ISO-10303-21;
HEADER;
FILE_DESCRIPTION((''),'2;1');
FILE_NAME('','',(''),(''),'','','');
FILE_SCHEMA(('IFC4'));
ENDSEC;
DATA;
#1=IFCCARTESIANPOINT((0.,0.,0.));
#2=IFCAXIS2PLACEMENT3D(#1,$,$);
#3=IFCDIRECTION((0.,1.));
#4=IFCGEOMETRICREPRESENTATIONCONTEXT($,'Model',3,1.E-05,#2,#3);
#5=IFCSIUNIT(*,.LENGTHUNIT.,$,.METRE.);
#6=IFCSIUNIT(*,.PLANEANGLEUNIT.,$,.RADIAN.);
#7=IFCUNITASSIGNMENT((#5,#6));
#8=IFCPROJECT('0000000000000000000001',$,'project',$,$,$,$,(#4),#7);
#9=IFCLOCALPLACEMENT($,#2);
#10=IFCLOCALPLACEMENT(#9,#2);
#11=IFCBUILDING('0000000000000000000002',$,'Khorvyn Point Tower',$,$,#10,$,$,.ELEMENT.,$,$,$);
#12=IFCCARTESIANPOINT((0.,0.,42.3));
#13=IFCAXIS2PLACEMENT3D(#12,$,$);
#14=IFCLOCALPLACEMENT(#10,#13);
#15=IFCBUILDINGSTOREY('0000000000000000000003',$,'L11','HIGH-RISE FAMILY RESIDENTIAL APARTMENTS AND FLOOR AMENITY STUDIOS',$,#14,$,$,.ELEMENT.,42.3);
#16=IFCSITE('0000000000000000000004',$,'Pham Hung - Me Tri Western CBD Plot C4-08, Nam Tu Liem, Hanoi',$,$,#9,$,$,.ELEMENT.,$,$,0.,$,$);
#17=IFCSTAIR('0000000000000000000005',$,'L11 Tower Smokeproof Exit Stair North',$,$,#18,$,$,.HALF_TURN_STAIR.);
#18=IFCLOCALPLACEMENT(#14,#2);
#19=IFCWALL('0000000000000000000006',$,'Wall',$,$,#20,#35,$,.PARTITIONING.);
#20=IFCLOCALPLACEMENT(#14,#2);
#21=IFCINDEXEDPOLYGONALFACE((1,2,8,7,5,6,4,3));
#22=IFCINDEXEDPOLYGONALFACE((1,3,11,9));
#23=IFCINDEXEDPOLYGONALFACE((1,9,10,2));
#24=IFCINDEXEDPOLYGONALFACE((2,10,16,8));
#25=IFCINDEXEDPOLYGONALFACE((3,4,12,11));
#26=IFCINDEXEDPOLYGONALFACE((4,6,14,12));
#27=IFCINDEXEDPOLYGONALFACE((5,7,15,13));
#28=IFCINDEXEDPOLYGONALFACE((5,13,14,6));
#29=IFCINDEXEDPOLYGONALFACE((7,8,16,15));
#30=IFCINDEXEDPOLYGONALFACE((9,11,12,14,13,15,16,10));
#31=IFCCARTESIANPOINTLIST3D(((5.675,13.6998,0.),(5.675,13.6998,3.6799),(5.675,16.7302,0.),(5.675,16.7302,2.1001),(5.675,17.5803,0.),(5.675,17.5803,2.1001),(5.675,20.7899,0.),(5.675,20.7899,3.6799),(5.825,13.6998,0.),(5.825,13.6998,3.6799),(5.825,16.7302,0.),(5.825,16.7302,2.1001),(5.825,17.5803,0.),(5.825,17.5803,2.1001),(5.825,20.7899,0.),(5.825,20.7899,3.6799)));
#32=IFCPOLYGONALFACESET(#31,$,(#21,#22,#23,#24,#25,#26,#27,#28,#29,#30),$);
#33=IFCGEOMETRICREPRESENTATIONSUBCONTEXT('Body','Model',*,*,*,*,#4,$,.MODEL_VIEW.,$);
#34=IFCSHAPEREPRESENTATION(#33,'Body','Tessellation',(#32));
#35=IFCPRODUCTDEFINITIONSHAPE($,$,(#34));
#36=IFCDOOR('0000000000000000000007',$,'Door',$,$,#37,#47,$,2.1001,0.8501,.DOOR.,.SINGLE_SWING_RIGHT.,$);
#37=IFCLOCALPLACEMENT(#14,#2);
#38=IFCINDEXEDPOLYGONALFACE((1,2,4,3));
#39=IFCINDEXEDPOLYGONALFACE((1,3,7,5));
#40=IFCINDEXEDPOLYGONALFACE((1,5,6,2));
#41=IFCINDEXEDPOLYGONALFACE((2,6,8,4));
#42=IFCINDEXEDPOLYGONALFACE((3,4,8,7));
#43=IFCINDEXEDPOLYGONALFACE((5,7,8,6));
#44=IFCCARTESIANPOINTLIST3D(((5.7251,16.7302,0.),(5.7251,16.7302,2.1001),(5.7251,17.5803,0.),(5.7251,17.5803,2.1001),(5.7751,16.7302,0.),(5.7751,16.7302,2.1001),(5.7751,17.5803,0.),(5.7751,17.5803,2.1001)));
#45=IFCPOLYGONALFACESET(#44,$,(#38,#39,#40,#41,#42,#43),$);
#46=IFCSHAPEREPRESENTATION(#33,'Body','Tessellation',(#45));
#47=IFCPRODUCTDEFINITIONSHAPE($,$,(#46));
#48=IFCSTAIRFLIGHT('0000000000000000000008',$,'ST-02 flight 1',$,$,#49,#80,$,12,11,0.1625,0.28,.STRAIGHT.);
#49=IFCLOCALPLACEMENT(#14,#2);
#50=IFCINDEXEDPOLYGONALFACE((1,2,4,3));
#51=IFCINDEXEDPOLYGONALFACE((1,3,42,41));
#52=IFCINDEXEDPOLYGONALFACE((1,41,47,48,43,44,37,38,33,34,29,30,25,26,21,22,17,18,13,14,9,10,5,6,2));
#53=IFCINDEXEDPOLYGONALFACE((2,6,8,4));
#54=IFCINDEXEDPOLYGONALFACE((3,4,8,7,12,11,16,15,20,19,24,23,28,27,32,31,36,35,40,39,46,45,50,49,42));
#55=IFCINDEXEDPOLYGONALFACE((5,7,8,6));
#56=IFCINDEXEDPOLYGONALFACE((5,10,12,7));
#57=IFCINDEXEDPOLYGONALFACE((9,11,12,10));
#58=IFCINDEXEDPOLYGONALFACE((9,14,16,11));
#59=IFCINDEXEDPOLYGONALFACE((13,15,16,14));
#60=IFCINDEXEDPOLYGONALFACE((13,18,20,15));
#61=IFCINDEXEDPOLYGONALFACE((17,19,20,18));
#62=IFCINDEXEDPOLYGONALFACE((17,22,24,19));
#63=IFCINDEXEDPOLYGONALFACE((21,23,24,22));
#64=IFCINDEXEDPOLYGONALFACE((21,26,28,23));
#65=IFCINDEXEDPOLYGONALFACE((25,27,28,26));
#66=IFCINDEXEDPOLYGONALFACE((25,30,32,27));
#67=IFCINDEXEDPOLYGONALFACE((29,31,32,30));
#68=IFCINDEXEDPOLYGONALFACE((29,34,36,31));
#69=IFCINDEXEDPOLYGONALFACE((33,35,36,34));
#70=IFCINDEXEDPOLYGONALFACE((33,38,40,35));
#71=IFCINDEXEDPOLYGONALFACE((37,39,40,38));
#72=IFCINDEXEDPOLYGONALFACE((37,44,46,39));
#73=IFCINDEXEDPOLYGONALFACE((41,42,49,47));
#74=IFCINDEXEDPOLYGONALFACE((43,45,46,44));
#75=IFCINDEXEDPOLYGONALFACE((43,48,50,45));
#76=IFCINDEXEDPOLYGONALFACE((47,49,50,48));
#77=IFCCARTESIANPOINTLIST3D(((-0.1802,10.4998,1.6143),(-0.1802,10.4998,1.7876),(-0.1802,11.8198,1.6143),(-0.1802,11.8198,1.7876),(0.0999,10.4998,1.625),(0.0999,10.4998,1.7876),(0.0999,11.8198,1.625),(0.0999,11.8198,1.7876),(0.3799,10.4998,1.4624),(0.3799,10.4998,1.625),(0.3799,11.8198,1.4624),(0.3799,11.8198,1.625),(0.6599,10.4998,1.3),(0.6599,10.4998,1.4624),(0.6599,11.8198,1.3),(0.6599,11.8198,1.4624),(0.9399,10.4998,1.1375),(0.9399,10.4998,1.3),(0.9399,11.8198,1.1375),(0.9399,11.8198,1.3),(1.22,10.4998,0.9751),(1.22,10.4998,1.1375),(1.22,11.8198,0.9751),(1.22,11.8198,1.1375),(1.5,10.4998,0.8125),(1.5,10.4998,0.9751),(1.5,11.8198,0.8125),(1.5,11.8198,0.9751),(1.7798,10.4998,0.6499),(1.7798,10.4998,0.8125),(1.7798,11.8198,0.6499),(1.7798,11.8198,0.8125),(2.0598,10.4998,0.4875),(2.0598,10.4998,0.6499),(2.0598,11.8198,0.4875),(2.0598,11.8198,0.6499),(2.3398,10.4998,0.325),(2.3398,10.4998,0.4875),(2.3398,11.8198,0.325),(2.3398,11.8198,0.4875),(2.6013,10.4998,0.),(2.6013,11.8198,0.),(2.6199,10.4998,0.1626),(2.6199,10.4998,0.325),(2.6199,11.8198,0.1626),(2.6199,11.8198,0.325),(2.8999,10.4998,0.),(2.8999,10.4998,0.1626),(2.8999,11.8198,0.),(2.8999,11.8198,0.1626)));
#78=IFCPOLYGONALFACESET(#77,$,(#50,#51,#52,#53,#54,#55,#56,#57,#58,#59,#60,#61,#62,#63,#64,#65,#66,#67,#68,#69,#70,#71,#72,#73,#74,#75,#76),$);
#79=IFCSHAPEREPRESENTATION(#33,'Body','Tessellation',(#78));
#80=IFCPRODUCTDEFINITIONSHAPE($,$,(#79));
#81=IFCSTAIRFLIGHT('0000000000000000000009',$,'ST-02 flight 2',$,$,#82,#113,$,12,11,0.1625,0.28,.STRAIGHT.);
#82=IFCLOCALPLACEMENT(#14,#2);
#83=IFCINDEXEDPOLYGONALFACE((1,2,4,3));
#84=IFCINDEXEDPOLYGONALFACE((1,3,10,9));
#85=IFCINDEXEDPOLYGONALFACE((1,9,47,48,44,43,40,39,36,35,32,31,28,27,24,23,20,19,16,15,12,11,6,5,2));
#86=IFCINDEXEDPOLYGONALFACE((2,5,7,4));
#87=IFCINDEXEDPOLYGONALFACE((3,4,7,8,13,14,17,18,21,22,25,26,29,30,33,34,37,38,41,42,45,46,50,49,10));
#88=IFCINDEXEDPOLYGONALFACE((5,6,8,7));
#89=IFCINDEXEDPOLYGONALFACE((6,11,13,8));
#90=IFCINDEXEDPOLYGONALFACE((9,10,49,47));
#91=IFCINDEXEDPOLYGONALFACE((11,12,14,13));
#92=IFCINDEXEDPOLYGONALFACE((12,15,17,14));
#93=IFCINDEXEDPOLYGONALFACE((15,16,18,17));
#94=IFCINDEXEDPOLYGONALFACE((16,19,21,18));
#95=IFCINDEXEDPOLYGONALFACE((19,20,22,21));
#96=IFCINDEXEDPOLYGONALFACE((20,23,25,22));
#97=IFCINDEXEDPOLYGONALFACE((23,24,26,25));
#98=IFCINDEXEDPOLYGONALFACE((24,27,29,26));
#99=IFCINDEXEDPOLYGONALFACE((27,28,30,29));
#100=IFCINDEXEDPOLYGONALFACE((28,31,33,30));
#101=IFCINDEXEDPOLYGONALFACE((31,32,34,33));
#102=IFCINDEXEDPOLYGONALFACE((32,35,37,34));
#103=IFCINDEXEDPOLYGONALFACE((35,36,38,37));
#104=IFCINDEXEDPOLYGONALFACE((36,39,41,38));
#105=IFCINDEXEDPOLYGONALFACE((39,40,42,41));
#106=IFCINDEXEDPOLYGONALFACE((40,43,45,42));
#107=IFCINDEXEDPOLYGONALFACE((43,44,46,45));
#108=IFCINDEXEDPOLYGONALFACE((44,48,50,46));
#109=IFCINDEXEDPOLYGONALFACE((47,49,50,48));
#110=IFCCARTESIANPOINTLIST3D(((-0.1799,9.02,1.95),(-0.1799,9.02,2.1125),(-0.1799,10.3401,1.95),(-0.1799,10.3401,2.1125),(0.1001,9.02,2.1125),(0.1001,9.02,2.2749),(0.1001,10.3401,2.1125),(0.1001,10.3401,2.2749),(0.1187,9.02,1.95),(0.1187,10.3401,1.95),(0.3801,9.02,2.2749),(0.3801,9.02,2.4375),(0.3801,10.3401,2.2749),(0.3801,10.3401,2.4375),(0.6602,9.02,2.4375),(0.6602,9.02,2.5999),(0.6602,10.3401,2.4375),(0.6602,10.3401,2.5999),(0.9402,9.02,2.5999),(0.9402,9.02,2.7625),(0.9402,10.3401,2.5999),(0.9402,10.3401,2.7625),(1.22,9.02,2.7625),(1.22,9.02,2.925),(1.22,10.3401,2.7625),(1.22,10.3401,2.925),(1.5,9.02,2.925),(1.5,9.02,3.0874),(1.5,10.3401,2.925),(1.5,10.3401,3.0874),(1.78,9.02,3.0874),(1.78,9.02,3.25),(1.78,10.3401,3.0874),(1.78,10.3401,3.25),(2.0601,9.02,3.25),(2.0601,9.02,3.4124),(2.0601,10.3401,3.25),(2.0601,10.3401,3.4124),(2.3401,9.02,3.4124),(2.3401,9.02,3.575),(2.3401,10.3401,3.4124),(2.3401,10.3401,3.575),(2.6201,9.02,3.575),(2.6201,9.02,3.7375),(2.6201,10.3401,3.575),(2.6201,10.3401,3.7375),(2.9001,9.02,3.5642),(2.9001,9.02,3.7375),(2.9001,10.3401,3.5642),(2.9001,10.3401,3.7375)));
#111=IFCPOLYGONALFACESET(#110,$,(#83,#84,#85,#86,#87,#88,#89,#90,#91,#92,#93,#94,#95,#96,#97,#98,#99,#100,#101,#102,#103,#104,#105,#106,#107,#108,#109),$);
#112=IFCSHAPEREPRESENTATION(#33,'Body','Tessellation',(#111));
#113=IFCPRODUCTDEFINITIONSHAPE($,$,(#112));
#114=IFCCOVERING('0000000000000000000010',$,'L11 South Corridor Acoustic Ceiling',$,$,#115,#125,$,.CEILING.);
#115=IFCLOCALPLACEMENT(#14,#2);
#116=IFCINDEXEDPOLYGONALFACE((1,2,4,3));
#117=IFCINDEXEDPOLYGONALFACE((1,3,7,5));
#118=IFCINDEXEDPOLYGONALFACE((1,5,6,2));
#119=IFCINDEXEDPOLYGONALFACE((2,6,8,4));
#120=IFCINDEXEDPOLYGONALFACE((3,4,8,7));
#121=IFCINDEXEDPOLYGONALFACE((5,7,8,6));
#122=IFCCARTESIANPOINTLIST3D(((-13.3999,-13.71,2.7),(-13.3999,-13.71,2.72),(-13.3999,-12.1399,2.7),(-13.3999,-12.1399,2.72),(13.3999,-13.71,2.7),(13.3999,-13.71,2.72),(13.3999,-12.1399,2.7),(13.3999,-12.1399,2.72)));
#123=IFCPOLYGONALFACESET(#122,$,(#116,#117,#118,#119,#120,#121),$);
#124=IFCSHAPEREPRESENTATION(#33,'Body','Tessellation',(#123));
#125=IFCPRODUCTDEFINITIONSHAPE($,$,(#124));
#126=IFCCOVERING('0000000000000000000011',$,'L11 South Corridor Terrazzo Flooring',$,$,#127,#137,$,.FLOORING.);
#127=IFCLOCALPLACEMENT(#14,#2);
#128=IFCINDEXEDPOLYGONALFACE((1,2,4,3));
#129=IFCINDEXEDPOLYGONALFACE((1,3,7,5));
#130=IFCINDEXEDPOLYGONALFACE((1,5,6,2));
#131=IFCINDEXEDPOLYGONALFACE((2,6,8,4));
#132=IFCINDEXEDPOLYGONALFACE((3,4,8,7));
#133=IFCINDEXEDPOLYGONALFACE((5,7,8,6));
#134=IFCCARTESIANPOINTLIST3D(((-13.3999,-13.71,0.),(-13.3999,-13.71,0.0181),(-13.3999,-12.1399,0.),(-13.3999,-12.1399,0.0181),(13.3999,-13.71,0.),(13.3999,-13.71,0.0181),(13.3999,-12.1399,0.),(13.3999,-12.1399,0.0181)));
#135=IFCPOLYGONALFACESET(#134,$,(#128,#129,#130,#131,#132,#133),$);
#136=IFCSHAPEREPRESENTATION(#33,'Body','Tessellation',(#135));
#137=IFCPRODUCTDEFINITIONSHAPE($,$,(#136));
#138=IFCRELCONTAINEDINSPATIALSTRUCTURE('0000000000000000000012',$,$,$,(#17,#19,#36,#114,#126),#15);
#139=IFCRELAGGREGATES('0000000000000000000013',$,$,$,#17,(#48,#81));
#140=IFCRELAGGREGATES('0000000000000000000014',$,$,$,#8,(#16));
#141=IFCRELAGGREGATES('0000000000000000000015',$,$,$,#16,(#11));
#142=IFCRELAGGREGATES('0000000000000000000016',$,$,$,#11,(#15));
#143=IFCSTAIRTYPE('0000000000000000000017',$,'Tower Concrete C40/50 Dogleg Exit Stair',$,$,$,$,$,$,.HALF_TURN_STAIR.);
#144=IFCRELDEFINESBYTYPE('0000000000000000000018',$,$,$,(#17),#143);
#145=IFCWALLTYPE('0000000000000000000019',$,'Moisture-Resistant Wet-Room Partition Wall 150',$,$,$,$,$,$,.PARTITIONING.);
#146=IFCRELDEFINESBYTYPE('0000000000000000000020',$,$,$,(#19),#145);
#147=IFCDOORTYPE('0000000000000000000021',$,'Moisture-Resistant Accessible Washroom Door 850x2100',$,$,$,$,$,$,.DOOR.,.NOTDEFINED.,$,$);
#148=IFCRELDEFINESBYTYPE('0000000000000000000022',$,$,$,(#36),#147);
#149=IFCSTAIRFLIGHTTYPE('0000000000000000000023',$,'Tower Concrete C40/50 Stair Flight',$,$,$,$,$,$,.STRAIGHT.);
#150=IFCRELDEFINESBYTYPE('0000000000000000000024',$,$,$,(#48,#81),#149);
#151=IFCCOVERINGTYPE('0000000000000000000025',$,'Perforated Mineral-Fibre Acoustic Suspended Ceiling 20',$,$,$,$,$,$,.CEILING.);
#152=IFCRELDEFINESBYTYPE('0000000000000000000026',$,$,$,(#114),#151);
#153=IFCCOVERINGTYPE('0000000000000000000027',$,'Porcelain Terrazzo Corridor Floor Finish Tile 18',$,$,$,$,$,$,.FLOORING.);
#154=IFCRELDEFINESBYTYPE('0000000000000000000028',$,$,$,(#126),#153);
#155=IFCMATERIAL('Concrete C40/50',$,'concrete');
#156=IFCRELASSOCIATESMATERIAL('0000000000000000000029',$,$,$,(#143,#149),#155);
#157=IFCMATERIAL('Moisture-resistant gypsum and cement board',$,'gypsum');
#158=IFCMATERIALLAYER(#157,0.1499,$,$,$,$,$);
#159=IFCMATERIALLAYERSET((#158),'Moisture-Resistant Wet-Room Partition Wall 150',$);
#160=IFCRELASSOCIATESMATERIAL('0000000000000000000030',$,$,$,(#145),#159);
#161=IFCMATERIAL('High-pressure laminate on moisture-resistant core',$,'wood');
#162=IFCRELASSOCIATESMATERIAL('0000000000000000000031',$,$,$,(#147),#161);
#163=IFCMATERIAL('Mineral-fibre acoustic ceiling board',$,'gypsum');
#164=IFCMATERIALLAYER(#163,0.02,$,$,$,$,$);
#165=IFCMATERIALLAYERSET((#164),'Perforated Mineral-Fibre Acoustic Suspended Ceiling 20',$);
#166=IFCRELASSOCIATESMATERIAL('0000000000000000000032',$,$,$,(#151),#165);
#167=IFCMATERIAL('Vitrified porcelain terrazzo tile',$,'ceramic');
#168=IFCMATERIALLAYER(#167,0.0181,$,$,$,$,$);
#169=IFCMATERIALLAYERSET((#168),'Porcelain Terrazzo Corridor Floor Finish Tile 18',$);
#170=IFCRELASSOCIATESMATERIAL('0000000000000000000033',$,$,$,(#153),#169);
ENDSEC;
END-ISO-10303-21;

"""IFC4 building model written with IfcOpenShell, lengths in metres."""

from ifc_helpers import new_model, si_unit, direction, frame, frame_2d, origin, place, context, subcontext, project, spatial, polyline, rectangle, outline, extrude, material, layer, layer_set, type_object, element, fill, aggregate, save


model = new_model("IFC4")

# Units and contexts
model_context = context("Model", 3, precision=1e-05, world=origin(), true_north=direction((0.0, 1.0)))
body_context = subcontext(model_context, "Body", "Model", "MODEL_VIEW")
ifc_project = project(units=[si_unit("LENGTHUNIT", "METRE"), si_unit("PLANEANGLEUNIT", "RADIAN")], contexts=[model_context])

# Site, building, storey
site_placement = place(None, origin())
site = spatial("IfcSite", under=ifc_project, at=site_placement, Name="Pham Hung - Me Tri Western CBD Plot C4-08, Nam Tu Liem, Hanoi", CompositionType="ELEMENT", RefElevation=0.0)
building_placement = place(site_placement, origin())
building = spatial("IfcBuilding", under=site, at=building_placement, Name="Khorvyn Point Tower", CompositionType="ELEMENT")
storey_placement = place(building_placement, frame((0.0, 0.0, 42.3)))
storey = spatial("IfcBuildingStorey", under=building, at=storey_placement, Name="L11", Description="HIGH-RISE FAMILY RESIDENTIAL APARTMENTS AND FLOOR AMENITY STUDIOS", CompositionType="ELEMENT", Elevation=42.3)

# Shared definitions
ifc_material_1 = material(Name="Concrete C40/50", Category="concrete")

# Stair
stair_type = type_object("IfcStairType", Name="Tower Concrete C40/50 Dogleg Exit Stair", PredefinedType="HALF_TURN_STAIR", material=ifc_material_1)
stair_1_placement = place(storey_placement, origin())
stair_1 = element("IfcStair", 1, at=stair_1_placement, inside=storey, type_object=stair_type, Name="L11 Tower Smokeproof Exit Stair North", PredefinedType="HALF_TURN_STAIR")

# Wall, opening, door
ifc_material_2 = material(Name="Moisture-resistant gypsum and cement board", Category="gypsum")
ifc_layer_1 = layer(ifc_material_2, 0.1499)
ifc_layer_set_1 = layer_set([ifc_layer_1], Name="Moisture-Resistant Wet-Room Partition Wall 150")
wall_type_1 = type_object("IfcWallType", Name="Moisture-Resistant Wet-Room Partition Wall 150", PredefinedType="PARTITIONING", material=ifc_layer_set_1)
wall_1_placement = place(storey_placement, frame((5.75, 13.7, 0.0), z_axis=(0.0, 0.0, 1.0), x_axis=(0.0, 1.0, 0.0)))
wall_1 = element("IfcWall", 2, at=wall_1_placement, inside=storey, type_object=wall_type_1, Name="Wall", PredefinedType="PARTITIONING", context=body_context, shape_type="SweptSolid", body=[
    extrude(rectangle(XDim=7.0901, YDim=0.1499, at=frame_2d((3.5449, 0.0))), origin(), (0.0, 0.0, 1.0), 3.6799),
])
opening_1_placement = place(wall_1_placement, frame((3.0303, 0.0, 0.0)))
opening_1 = element("IfcOpeningElement", 3, at=opening_1_placement, cuts=wall_1, PredefinedType="OPENING", context=body_context, shape_type="SweptSolid", body=[
    extrude(rectangle(XDim=0.8501, YDim=2.1001, at=frame_2d((0.425, 1.05))), frame((0.0, 0.085, 0.0), z_axis=(0.0, -1.0, 0.0), x_axis=(1.0, 0.0, 0.0)), (0.0, 0.0, 1.0), 0.1699),
])
ifc_material_3 = material(Name="High-pressure laminate on moisture-resistant core", Category="wood")
door_type_1 = type_object("IfcDoorType", Name="Moisture-Resistant Accessible Washroom Door 850x2100", OperationType="NOTDEFINED", PredefinedType="DOOR", material=ifc_material_3)
door_1_placement = place(opening_1_placement, origin())
door_1 = element("IfcDoor", 4, at=door_1_placement, inside=storey, type_object=door_type_1, Name="Door", OperationType="SINGLE_SWING_RIGHT", OverallHeight=2.1001, OverallWidth=0.8501, PredefinedType="DOOR", context=body_context, shape_type="SweptSolid", body=[
    extrude(rectangle(XDim=0.8501, YDim=2.1001, at=frame_2d((0.425, 1.05))), frame((0.0, 0.0249, 0.0), z_axis=(0.0, -1.0, 0.0), x_axis=(1.0, 0.0, 0.0)), (0.0, 0.0, 1.0), 0.05),
])
fill(opening_1, door_1)

# Stair flights
stair_flight_type = type_object("IfcStairFlightType", Name="Tower Concrete C40/50 Stair Flight", PredefinedType="STRAIGHT", material=ifc_material_1)
stair_flight_1_placement = place(storey_placement, frame((2.8999, 11.1599, 0.0), z_axis=(0.0, 0.0, 1.0), x_axis=(-1.0, 0.0, 0.0)))
stair_flight_1 = element("IfcStairFlight", 5, at=stair_flight_1_placement, type_object=stair_flight_type, Name="ST-02 flight 1", NumberOfRisers=12, NumberOfTreads=11, PredefinedType="STRAIGHT", RiserHeight=0.1625, TreadLength=0.28, context=body_context, shape_type="SweptSolid", body=[
    extrude(outline(polyline([(0.0, 0.0), (0.0, 0.1626), (0.28, 0.1626), (0.28, 0.325), (0.5601, 0.325), (0.5601, 0.4875), (0.8401, 0.4875), (0.8401, 0.6499), (1.1201, 0.6499), (1.1201, 0.8125), (1.3999, 0.8125), (1.3999, 0.9751), (1.6799, 0.9751), (1.6799, 1.1375), (1.96, 1.1375), (1.96, 1.3), (2.24, 1.3), (2.24, 1.4624), (2.52, 1.4624), (2.52, 1.625), (2.8, 1.625), (2.8, 1.7876), (3.0801, 1.7876), (3.0801, 1.95), (3.0801, 1.6143), (0.2986, 0.0), (0.0, 0.0)])), frame((0.0, 0.6602, 0.0), z_axis=(0.0, -1.0, 0.0), x_axis=(1.0, 0.0, 0.0)), (0.0, 0.0, 1.0), 1.3201),
])
stair_flight_2_placement = place(storey_placement, frame((-0.1799, 9.6799, 1.95), z_axis=(0.0, 0.0, 1.0), x_axis=(1.0, 0.0, 0.0)))
stair_flight_2 = element("IfcStairFlight", 6, at=stair_flight_2_placement, type_object=stair_flight_type, Name="ST-02 flight 2", NumberOfRisers=12, NumberOfTreads=11, PredefinedType="STRAIGHT", RiserHeight=0.1625, TreadLength=0.28, context=body_context, shape_type="SweptSolid", body=[
    extrude(outline(polyline([(0.0, 0.0), (0.0, 0.1626), (0.28, 0.1626), (0.28, 0.325), (0.5601, 0.325), (0.5601, 0.4875), (0.8401, 0.4875), (0.8401, 0.6499), (1.1201, 0.6499), (1.1201, 0.8125), (1.3999, 0.8125), (1.3999, 0.9751), (1.6799, 0.9751), (1.6799, 1.1375), (1.96, 1.1375), (1.96, 1.3), (2.24, 1.3), (2.24, 1.4624), (2.52, 1.4624), (2.52, 1.625), (2.8, 1.625), (2.8, 1.7876), (3.0801, 1.7876), (3.0801, 1.95), (3.0801, 1.6143), (0.2986, 0.0), (0.0, 0.0)])), frame((0.0, 0.6602, 0.0), z_axis=(0.0, -1.0, 0.0), x_axis=(1.0, 0.0, 0.0)), (0.0, 0.0, 1.0), 1.3201),
])
aggregate(stair_1, [stair_flight_1, stair_flight_2])

# Coverings
ifc_material_4 = material(Name="Mineral-fibre acoustic ceiling board", Category="gypsum")
ifc_layer_2 = layer(ifc_material_4, 0.02)
ifc_layer_set_2 = layer_set([ifc_layer_2], Name="Perforated Mineral-Fibre Acoustic Suspended Ceiling 20")
covering_type_1 = type_object("IfcCoveringType", Name="Perforated Mineral-Fibre Acoustic Suspended Ceiling 20", PredefinedType="CEILING", material=ifc_layer_set_2)
covering_1_placement = place(storey_placement, frame((0.0, 0.0, 2.7)))
element("IfcCovering", 7, at=covering_1_placement, inside=storey, type_object=covering_type_1, Name="L11 South Corridor Acoustic Ceiling", PredefinedType="CEILING", context=body_context, shape_type="SweptSolid", body=[
    extrude(outline(polyline([(-13.3999, -13.71), (13.3999, -13.71), (13.3999, -12.1399), (-13.3999, -12.1399), (-13.3999, -13.71)])), origin(), (0.0, 0.0, 1.0), 0.02),
])
ifc_material_5 = material(Name="Vitrified porcelain terrazzo tile", Category="ceramic")
ifc_layer_3 = layer(ifc_material_5, 0.0181)
ifc_layer_set_3 = layer_set([ifc_layer_3], Name="Porcelain Terrazzo Corridor Floor Finish Tile 18")
covering_type_2 = type_object("IfcCoveringType", Name="Porcelain Terrazzo Corridor Floor Finish Tile 18", PredefinedType="FLOORING", material=ifc_layer_set_3)
covering_2_placement = place(storey_placement, origin())
element("IfcCovering", 8, at=covering_2_placement, inside=storey, type_object=covering_type_2, Name="L11 South Corridor Terrazzo Flooring", PredefinedType="FLOORING", context=body_context, shape_type="SweptSolid", body=[
    extrude(outline(polyline([(-13.3999, -13.71), (13.3999, -13.71), (13.3999, -12.1399), (-13.3999, -12.1399), (-13.3999, -13.71)])), origin(), (0.0, 0.0, 1.0), 0.0181),
])

save(model, "model.ifc")
